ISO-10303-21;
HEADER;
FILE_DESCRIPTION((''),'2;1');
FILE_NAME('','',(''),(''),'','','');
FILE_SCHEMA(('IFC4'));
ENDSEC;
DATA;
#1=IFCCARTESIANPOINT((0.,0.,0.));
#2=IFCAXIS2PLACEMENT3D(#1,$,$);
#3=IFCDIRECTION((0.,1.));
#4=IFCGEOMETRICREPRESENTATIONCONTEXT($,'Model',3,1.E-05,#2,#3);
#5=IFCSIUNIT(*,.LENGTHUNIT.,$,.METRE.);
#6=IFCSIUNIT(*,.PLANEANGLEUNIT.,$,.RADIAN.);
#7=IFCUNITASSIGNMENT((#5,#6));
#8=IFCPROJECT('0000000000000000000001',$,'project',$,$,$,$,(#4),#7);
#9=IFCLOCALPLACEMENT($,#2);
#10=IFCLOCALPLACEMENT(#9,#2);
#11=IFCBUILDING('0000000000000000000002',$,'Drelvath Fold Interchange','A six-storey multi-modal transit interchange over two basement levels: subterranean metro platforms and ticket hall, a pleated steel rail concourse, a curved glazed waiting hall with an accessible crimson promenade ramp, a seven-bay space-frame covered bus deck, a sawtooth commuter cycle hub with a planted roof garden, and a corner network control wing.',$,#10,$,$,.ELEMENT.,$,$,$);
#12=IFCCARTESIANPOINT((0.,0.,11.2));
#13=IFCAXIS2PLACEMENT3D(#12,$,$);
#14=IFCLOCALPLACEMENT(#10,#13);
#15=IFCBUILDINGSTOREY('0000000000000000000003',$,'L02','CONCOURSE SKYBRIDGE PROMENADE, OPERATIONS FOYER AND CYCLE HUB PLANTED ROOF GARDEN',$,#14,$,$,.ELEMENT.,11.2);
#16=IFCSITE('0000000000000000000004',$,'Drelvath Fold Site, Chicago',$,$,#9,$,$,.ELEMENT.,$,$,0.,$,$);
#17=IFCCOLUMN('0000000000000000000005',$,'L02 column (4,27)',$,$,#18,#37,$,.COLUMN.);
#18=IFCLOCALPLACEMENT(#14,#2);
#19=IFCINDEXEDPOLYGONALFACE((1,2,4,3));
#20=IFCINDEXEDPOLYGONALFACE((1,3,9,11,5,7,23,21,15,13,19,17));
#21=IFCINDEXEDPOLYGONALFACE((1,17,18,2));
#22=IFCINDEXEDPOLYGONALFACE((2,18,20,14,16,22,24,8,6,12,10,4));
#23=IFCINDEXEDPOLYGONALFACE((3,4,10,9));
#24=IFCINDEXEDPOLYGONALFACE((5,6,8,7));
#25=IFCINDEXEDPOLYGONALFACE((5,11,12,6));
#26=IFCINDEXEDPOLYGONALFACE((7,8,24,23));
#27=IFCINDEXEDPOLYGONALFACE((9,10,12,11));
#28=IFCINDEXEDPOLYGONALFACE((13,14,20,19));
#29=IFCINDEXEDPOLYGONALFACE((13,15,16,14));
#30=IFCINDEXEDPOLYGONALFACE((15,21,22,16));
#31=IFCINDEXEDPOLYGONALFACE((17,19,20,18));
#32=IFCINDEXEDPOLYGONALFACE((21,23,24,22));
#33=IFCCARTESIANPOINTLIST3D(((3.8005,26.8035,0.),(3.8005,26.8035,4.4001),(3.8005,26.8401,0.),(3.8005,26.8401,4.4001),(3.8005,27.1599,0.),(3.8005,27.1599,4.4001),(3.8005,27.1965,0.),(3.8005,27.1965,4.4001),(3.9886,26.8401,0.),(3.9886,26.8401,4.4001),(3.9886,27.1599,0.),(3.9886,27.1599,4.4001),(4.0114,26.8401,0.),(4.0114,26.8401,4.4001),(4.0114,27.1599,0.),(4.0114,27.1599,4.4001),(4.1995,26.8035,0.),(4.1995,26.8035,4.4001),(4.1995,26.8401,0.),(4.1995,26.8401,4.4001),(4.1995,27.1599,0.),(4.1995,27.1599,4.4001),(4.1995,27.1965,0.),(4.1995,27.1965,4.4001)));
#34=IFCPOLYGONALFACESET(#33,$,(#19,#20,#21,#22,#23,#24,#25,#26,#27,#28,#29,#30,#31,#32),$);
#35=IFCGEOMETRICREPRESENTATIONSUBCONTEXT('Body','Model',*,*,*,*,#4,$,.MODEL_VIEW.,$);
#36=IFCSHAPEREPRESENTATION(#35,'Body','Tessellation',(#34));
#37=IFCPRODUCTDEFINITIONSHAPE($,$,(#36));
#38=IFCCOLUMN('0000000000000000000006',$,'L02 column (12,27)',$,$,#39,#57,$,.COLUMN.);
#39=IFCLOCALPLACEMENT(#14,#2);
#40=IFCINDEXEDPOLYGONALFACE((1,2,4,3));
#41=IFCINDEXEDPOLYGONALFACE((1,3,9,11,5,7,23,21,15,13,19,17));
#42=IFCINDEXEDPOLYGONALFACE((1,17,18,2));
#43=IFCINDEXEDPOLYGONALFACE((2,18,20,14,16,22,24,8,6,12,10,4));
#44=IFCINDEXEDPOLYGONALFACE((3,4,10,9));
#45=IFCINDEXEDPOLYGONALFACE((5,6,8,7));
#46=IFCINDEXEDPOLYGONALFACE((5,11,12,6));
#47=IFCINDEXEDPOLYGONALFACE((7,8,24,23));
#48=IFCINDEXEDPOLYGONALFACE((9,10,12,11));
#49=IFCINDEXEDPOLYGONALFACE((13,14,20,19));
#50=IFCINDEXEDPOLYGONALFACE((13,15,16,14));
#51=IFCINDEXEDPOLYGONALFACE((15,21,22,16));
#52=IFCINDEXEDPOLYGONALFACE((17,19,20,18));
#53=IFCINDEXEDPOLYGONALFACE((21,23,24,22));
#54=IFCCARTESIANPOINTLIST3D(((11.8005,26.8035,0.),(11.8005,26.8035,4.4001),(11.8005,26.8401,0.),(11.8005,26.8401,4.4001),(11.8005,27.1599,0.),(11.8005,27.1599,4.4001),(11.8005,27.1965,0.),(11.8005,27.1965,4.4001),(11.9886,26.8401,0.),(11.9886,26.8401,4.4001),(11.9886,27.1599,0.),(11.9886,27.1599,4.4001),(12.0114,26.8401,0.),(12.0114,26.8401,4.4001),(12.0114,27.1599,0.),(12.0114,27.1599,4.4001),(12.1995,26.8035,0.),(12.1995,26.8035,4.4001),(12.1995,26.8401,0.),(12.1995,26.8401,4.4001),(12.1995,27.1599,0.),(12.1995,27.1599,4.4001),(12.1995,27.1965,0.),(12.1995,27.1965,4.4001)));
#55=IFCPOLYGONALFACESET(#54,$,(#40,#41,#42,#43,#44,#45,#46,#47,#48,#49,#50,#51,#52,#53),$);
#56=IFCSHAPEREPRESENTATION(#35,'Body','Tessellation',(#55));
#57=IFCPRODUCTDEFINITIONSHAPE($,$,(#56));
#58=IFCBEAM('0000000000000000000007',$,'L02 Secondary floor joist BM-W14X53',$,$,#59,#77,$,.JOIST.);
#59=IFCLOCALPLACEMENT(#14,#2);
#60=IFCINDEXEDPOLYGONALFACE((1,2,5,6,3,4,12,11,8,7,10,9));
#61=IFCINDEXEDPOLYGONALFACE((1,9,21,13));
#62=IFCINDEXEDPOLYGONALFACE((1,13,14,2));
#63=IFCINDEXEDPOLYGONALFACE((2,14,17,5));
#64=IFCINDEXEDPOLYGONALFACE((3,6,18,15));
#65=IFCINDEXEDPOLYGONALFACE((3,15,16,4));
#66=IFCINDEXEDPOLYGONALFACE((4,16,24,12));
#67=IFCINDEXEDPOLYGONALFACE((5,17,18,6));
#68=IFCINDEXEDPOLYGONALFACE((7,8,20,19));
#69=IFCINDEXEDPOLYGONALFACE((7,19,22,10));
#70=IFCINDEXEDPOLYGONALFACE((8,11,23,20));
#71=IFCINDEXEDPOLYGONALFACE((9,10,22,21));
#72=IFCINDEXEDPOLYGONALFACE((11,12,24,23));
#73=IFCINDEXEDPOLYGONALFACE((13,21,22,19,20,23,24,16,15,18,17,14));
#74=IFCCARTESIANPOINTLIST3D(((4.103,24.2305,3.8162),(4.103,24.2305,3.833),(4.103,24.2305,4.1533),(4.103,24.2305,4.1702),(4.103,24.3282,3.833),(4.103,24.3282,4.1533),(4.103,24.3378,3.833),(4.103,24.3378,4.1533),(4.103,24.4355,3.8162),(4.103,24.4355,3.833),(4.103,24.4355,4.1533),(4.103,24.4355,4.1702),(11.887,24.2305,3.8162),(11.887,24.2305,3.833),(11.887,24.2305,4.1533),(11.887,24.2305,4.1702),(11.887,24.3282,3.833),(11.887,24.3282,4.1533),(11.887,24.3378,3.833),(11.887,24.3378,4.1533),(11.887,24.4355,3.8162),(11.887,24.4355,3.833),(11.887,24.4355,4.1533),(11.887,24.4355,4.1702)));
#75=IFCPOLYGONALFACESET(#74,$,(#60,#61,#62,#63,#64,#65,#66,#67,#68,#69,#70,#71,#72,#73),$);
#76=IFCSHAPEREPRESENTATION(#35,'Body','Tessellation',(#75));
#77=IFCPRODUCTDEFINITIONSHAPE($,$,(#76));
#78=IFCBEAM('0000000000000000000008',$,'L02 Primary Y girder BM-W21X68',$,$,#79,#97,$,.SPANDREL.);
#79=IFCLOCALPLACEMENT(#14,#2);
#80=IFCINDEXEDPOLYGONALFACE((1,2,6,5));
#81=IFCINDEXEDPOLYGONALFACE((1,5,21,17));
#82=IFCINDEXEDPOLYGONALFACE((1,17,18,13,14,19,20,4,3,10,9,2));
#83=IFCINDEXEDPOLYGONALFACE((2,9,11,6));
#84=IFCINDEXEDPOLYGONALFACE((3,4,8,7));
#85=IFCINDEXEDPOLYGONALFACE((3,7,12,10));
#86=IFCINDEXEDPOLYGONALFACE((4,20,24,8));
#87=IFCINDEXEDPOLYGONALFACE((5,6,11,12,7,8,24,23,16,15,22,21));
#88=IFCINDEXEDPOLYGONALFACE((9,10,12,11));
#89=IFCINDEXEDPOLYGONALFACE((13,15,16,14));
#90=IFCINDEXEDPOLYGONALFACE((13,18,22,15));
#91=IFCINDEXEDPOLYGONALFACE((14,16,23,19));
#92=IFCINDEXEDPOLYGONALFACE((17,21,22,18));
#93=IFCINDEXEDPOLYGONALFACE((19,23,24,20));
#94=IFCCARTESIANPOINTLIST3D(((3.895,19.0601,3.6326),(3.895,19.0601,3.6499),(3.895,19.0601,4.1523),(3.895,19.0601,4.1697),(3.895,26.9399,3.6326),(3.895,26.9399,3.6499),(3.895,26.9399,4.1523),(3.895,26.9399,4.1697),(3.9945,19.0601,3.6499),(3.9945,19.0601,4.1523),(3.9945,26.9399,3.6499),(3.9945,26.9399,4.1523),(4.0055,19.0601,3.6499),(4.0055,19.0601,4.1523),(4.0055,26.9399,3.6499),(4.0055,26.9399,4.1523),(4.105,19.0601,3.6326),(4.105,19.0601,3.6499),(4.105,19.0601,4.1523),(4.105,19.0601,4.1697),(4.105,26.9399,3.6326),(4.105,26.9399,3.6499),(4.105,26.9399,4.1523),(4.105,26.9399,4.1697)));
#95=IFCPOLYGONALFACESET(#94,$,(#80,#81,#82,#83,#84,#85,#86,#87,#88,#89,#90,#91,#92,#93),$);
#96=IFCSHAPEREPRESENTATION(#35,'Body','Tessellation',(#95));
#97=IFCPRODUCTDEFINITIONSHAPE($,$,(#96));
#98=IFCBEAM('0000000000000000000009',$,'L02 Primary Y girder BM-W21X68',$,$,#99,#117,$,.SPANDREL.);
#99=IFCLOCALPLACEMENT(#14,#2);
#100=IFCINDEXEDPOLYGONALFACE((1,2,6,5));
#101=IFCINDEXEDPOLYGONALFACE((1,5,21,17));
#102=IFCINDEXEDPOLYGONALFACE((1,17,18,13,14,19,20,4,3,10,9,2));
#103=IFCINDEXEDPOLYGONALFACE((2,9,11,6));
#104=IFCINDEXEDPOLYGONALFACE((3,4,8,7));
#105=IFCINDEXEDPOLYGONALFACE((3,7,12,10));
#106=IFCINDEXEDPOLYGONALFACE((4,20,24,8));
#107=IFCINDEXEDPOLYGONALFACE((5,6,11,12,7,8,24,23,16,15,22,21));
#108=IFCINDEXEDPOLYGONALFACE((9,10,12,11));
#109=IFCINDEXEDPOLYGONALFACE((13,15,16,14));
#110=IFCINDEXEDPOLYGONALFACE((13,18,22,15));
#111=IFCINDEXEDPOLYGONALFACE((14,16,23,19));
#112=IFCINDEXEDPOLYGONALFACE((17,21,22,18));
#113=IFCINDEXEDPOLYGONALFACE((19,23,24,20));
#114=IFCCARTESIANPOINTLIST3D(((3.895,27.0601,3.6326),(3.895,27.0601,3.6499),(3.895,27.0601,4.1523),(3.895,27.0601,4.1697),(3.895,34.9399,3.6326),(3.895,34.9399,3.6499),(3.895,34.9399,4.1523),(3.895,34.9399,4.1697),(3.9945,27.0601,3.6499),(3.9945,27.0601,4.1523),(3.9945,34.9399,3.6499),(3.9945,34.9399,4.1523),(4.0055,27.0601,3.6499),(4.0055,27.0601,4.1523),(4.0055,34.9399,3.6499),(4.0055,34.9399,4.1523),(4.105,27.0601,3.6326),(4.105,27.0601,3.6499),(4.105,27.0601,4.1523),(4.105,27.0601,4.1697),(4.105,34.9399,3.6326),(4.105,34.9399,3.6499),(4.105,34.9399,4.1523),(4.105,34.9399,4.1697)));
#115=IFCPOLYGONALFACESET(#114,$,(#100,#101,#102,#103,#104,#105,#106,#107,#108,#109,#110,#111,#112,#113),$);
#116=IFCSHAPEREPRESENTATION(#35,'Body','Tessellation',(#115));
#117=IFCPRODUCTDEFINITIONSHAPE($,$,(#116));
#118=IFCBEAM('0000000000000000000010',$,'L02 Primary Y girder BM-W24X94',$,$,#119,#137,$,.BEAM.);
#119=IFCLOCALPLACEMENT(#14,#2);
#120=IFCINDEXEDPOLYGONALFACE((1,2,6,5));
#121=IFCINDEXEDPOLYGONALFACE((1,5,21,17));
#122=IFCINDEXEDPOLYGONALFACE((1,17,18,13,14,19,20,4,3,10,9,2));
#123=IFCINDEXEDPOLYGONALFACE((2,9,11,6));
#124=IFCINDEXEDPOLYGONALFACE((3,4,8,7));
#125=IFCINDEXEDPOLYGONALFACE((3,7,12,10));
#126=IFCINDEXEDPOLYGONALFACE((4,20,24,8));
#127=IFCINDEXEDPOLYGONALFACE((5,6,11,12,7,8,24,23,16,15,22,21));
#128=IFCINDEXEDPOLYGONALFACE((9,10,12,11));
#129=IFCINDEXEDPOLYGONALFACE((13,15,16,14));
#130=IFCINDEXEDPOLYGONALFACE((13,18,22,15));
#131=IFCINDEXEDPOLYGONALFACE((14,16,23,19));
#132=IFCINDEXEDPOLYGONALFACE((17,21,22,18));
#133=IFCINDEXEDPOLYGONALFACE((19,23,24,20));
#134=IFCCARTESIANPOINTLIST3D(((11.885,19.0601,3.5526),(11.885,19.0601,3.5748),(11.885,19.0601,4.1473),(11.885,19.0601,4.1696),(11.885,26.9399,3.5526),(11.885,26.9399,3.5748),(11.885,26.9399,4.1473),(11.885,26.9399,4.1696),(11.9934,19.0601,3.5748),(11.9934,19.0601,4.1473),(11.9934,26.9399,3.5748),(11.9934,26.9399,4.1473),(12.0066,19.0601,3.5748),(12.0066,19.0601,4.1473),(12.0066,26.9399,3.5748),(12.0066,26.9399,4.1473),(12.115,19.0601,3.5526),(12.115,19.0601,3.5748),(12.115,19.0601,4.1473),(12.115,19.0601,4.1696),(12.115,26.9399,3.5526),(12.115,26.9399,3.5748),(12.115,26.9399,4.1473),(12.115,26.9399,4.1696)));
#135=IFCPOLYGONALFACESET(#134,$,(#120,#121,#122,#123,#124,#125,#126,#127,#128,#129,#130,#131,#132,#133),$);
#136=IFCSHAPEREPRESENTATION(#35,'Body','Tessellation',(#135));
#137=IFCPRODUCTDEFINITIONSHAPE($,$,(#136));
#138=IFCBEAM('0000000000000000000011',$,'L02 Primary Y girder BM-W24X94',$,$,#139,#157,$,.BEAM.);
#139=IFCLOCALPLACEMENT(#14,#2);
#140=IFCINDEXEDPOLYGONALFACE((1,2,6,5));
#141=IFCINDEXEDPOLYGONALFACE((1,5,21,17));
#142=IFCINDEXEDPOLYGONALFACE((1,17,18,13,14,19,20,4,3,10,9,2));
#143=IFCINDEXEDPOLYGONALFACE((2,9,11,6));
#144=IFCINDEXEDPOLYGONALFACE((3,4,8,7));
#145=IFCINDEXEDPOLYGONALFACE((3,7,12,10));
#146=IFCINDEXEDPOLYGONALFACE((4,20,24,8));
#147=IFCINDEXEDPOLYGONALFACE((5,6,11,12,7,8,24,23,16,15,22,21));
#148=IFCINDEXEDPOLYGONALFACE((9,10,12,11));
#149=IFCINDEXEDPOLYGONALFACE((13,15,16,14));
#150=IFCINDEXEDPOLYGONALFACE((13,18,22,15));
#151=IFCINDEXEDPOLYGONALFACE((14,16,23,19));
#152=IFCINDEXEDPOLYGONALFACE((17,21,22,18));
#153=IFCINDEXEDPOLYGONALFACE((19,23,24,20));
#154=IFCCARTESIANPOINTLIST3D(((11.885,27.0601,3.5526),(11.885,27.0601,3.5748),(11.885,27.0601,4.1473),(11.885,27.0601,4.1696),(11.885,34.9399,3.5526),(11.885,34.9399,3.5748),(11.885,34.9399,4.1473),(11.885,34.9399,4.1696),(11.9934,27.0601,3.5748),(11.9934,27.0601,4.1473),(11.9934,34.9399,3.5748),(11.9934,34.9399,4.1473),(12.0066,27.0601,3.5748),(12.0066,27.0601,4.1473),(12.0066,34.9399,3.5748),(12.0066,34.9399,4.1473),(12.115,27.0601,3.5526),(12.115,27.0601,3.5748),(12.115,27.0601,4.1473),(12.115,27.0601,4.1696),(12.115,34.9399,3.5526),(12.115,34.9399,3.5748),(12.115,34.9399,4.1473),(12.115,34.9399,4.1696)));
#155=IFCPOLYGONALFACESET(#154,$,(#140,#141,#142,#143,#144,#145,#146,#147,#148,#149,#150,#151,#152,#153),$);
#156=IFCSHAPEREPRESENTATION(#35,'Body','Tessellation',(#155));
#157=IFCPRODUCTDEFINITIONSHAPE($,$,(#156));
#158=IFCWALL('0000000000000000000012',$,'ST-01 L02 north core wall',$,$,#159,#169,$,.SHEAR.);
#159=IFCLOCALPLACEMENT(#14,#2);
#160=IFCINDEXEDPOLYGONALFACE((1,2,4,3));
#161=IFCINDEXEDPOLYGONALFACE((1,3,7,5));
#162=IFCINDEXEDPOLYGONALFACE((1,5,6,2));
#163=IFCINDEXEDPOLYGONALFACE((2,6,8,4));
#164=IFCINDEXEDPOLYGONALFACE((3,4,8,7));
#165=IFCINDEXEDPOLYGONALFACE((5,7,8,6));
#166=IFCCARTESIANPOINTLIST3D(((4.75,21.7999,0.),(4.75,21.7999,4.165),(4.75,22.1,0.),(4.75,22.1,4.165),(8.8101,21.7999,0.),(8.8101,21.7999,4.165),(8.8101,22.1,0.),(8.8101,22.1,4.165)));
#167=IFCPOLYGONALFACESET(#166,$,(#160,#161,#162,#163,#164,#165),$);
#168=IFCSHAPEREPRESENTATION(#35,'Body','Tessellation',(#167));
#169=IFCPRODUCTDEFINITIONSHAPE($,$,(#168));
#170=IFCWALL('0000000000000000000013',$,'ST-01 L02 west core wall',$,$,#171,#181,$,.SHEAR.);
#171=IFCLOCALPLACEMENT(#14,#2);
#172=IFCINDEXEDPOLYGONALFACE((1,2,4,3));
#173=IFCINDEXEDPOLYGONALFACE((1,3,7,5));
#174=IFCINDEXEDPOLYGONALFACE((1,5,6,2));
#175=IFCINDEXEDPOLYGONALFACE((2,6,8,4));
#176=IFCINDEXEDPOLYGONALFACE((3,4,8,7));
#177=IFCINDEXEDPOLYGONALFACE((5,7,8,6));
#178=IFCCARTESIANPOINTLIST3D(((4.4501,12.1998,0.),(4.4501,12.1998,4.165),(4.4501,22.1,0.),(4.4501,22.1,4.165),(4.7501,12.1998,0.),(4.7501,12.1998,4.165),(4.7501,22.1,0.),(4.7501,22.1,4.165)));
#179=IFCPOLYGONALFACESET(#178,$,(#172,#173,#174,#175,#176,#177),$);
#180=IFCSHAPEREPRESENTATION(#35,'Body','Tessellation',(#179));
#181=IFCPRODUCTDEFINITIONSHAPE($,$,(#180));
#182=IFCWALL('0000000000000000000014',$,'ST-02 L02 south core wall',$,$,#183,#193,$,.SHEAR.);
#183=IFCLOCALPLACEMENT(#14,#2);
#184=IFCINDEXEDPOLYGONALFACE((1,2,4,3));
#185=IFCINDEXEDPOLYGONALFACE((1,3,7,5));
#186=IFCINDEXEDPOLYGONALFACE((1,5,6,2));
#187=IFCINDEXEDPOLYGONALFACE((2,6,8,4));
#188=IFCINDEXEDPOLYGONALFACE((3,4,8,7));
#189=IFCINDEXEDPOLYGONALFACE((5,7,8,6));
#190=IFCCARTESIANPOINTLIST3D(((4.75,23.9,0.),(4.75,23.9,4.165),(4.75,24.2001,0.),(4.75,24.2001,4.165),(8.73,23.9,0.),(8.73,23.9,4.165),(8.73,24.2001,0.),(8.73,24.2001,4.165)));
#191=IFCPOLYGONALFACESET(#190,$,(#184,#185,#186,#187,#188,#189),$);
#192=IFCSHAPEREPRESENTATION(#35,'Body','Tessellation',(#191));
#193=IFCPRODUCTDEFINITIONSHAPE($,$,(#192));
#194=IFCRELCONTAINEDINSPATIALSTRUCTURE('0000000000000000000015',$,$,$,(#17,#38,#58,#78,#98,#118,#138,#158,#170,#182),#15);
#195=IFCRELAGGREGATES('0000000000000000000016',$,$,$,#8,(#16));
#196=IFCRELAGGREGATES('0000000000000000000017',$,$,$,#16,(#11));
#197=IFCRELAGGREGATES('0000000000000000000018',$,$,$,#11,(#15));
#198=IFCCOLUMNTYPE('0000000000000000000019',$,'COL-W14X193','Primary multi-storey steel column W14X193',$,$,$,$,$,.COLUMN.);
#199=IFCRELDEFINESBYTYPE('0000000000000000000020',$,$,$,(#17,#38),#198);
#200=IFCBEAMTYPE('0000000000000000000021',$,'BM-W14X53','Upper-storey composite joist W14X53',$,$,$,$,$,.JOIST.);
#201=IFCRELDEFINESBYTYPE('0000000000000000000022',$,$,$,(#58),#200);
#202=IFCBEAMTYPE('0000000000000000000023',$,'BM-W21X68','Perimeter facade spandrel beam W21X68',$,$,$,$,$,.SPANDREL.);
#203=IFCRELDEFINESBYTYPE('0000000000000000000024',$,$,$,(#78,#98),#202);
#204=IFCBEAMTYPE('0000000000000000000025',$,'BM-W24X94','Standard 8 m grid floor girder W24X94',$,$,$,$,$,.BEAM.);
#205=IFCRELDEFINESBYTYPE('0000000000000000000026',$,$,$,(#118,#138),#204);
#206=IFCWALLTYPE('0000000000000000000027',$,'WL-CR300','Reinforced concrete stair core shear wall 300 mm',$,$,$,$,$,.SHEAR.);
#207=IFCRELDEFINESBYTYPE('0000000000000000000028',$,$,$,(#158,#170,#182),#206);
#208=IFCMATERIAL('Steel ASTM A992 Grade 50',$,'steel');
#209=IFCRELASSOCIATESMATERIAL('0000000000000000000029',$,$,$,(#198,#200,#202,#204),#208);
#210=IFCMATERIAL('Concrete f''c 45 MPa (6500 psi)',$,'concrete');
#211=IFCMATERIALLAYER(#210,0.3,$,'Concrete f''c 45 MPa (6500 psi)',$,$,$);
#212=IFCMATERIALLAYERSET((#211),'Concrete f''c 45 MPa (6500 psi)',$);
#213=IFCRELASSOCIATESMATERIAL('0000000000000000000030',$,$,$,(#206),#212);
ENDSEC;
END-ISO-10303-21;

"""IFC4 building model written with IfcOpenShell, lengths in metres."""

from ifc_helpers import new_model, si_unit, direction, frame, frame_2d, origin, origin_2d, place, context, subcontext, project, spatial, rectangle, i_section, extrude, material, layer, layer_set, material_profile, profile_set, type_object, element, save


model = new_model("IFC4")

# Units and contexts
model_context = context("Model", 3, precision=1e-05, world=origin(), true_north=direction((0.0, 1.0)))
body_context = subcontext(model_context, "Body", "Model", "MODEL_VIEW")
ifc_project = project(units=[si_unit("LENGTHUNIT", "METRE"), si_unit("PLANEANGLEUNIT", "RADIAN")], contexts=[model_context])

# Site, building, storey
site_placement = place(None, origin())
site = spatial("IfcSite", under=ifc_project, at=site_placement, Name="Drelvath Fold Site, Chicago", CompositionType="ELEMENT", RefElevation=0.0)
building_placement = place(site_placement, origin())
building = spatial("IfcBuilding", under=site, at=building_placement, Name="Drelvath Fold Interchange", Description="A six-storey multi-modal transit interchange over two basement levels: subterranean metro platforms and ticket hall, a pleated steel rail concourse, a curved glazed waiting hall with an accessible crimson promenade ramp, a seven-bay space-frame covered bus deck, a sawtooth commuter cycle hub with a planted roof garden, and a corner network control wing.", CompositionType="ELEMENT")
storey_placement = place(building_placement, frame((0.0, 0.0, 11.2)))
storey = spatial("IfcBuildingStorey", under=building, at=storey_placement, Name="L02", Description="CONCOURSE SKYBRIDGE PROMENADE, OPERATIONS FOYER AND CYCLE HUB PLANTED ROOF GARDEN", CompositionType="ELEMENT", Elevation=11.2)

# Columns
ifc_material_1 = material(Name="Steel ASTM A992 Grade 50", Category="steel")
ifc_material_profile_1 = material_profile(ifc_material_1, i_section(OverallWidth=0.3989, OverallDepth=0.3931, WebThickness=0.0227, FlangeThickness=0.0366, at=origin_2d()), Name="W14X193")
ifc_profile_set_1 = profile_set([ifc_material_profile_1], Name="Steel ASTM A992 Grade 50")
column_type = type_object("IfcColumnType", Name="COL-W14X193", Description="Primary multi-storey steel column W14X193", PredefinedType="COLUMN", material=ifc_profile_set_1)
for number, where, z_axis, x_axis, name in (
    (1, (4.0, 27.0, 0.0), (0.0, 0.0, 1.0), (1.0, 0.0, 0.0), "L02 column (4,27)"),
    (2, (12.0, 27.0, 0.0), (0.0, 0.0, 1.0), (1.0, 0.0, 0.0), "L02 column (12,27)"),
):
    element("IfcColumn", number, at=place(storey_placement, frame(where, z_axis=z_axis, x_axis=x_axis)), inside=storey, type_object=column_type, Name=name, PredefinedType="COLUMN", context=body_context, shape_type="SweptSolid", body=[
        extrude(i_section(OverallWidth=0.3989, OverallDepth=0.3931, WebThickness=0.0227, FlangeThickness=0.0366, at=origin_2d()), origin(), (0.0, 0.0, 1.0), 4.4001),
    ])

# Beams
ifc_material_profile_2 = material_profile(ifc_material_1, i_section(OverallWidth=0.2051, OverallDepth=0.354, WebThickness=0.0095, FlangeThickness=0.0168, at=origin_2d()), Name="W14X53")
ifc_profile_set_2 = profile_set([ifc_material_profile_2], Name="Steel ASTM A992 Grade 50")
beam_type_1 = type_object("IfcBeamType", Name="BM-W14X53", Description="Upper-storey composite joist W14X53", PredefinedType="JOIST", material=ifc_profile_set_2)
beam_placement = place(storey_placement, frame((4.103, 24.333, 3.9932), z_axis=(1.0, 0.0, 0.0), x_axis=(0.0, 1.0, 0.0)))
element("IfcBeam", 3, at=beam_placement, inside=storey, type_object=beam_type_1, Name="L02 Secondary floor joist BM-W14X53", PredefinedType="JOIST", context=body_context, shape_type="SweptSolid", body=[
    extrude(i_section(OverallWidth=0.2051, OverallDepth=0.354, WebThickness=0.0095, FlangeThickness=0.0168, at=origin_2d()), origin(), (0.0, 0.0, 1.0), 7.7839),
])
ifc_material_profile_3 = material_profile(ifc_material_1, i_section(OverallWidth=0.21, OverallDepth=0.5371, WebThickness=0.011, FlangeThickness=0.0173, at=origin_2d()), Name="W21X68")
ifc_profile_set_3 = profile_set([ifc_material_profile_3], Name="Steel ASTM A992 Grade 50")
beam_type_2 = type_object("IfcBeamType", Name="BM-W21X68", Description="Perimeter facade spandrel beam W21X68", PredefinedType="SPANDREL", material=ifc_profile_set_3)
for number, where, z_axis, x_axis, name in (
    (4, (4.0, 19.0601, 3.9011), (0.0, 1.0, 0.0), (-1.0, 0.0, 0.0), "L02 Primary Y girder BM-W21X68"),
    (5, (4.0, 27.0601, 3.9011), (0.0, 1.0, 0.0), (-1.0, 0.0, 0.0), "L02 Primary Y girder BM-W21X68"),
):
    element("IfcBeam", number, at=place(storey_placement, frame(where, z_axis=z_axis, x_axis=x_axis)), inside=storey, type_object=beam_type_2, Name=name, PredefinedType="SPANDREL", context=body_context, shape_type="SweptSolid", body=[
        extrude(i_section(OverallWidth=0.21, OverallDepth=0.5371, WebThickness=0.011, FlangeThickness=0.0173, at=origin_2d()), origin(), (0.0, 0.0, 1.0), 7.8799),
    ])
ifc_material_profile_4 = material_profile(ifc_material_1, i_section(OverallWidth=0.23, OverallDepth=0.6169, WebThickness=0.0132, FlangeThickness=0.0222, at=origin_2d()), Name="W24X94")
ifc_profile_set_4 = profile_set([ifc_material_profile_4], Name="Steel ASTM A992 Grade 50")
beam_type_3 = type_object("IfcBeamType", Name="BM-W24X94", Description="Standard 8 m grid floor girder W24X94", PredefinedType="BEAM", material=ifc_profile_set_4)
for number, where, z_axis, x_axis, name in (
    (6, (12.0, 19.0601, 3.8611), (0.0, 1.0, 0.0), (-1.0, 0.0, 0.0), "L02 Primary Y girder BM-W24X94"),
    (7, (12.0, 27.0601, 3.8611), (0.0, 1.0, 0.0), (-1.0, 0.0, 0.0), "L02 Primary Y girder BM-W24X94"),
):
    element("IfcBeam", number, at=place(storey_placement, frame(where, z_axis=z_axis, x_axis=x_axis)), inside=storey, type_object=beam_type_3, Name=name, PredefinedType="BEAM", context=body_context, shape_type="SweptSolid", body=[
        extrude(i_section(OverallWidth=0.23, OverallDepth=0.6169, WebThickness=0.0132, FlangeThickness=0.0222, at=origin_2d()), origin(), (0.0, 0.0, 1.0), 7.8799),
    ])

# Walls
ifc_material_2 = material(Name="Concrete f'c 45 MPa (6500 psi)", Category="concrete")
ifc_layer_1 = layer(ifc_material_2, 0.3, Name="Concrete f'c 45 MPa (6500 psi)")
ifc_layer_set_1 = layer_set([ifc_layer_1], Name="Concrete f'c 45 MPa (6500 psi)")
wall_type_1 = type_object("IfcWallType", Name="WL-CR300", Description="Reinforced concrete stair core shear wall 300 mm", PredefinedType="SHEAR", material=ifc_layer_set_1)
wall_1_placement = place(storey_placement, frame((8.8101, 21.95, 0.0), z_axis=(0.0, 0.0, 1.0), x_axis=(-1.0, 0.0, 0.0)))
element("IfcWall", 8, at=wall_1_placement, inside=storey, type_object=wall_type_1, Name="ST-01 L02 north core wall", PredefinedType="SHEAR", context=body_context, shape_type="SweptSolid", body=[
    extrude(rectangle(XDim=4.0601, YDim=0.3, at=frame_2d((2.03, 0.0))), origin(), (0.0, 0.0, 1.0), 4.165),
])
wall_2_placement = place(storey_placement, frame((4.6001, 22.1001, 0.0), z_axis=(0.0, 0.0, 1.0), x_axis=(0.0, -1.0, 0.0)))
element("IfcWall", 9, at=wall_2_placement, inside=storey, type_object=wall_type_1, Name="ST-01 L02 west core wall", PredefinedType="SHEAR", context=body_context, shape_type="SweptSolid", body=[
    extrude(rectangle(XDim=9.9001, YDim=0.3, at=frame_2d((4.9502, 0.0))), origin(), (0.0, 0.0, 1.0), 4.165),
])
wall_3_placement = place(storey_placement, frame((4.75, 24.05, 0.0), z_axis=(0.0, 0.0, 1.0), x_axis=(1.0, 0.0, 0.0)))
element("IfcWall", 10, at=wall_3_placement, inside=storey, type_object=wall_type_1, Name="ST-02 L02 south core wall", PredefinedType="SHEAR", context=body_context, shape_type="SweptSolid", body=[
    extrude(rectangle(XDim=3.98, YDim=0.3, at=frame_2d((1.99, 0.0))), origin(), (0.0, 0.0, 1.0), 4.165),
])

save(model, "model.ifc")
